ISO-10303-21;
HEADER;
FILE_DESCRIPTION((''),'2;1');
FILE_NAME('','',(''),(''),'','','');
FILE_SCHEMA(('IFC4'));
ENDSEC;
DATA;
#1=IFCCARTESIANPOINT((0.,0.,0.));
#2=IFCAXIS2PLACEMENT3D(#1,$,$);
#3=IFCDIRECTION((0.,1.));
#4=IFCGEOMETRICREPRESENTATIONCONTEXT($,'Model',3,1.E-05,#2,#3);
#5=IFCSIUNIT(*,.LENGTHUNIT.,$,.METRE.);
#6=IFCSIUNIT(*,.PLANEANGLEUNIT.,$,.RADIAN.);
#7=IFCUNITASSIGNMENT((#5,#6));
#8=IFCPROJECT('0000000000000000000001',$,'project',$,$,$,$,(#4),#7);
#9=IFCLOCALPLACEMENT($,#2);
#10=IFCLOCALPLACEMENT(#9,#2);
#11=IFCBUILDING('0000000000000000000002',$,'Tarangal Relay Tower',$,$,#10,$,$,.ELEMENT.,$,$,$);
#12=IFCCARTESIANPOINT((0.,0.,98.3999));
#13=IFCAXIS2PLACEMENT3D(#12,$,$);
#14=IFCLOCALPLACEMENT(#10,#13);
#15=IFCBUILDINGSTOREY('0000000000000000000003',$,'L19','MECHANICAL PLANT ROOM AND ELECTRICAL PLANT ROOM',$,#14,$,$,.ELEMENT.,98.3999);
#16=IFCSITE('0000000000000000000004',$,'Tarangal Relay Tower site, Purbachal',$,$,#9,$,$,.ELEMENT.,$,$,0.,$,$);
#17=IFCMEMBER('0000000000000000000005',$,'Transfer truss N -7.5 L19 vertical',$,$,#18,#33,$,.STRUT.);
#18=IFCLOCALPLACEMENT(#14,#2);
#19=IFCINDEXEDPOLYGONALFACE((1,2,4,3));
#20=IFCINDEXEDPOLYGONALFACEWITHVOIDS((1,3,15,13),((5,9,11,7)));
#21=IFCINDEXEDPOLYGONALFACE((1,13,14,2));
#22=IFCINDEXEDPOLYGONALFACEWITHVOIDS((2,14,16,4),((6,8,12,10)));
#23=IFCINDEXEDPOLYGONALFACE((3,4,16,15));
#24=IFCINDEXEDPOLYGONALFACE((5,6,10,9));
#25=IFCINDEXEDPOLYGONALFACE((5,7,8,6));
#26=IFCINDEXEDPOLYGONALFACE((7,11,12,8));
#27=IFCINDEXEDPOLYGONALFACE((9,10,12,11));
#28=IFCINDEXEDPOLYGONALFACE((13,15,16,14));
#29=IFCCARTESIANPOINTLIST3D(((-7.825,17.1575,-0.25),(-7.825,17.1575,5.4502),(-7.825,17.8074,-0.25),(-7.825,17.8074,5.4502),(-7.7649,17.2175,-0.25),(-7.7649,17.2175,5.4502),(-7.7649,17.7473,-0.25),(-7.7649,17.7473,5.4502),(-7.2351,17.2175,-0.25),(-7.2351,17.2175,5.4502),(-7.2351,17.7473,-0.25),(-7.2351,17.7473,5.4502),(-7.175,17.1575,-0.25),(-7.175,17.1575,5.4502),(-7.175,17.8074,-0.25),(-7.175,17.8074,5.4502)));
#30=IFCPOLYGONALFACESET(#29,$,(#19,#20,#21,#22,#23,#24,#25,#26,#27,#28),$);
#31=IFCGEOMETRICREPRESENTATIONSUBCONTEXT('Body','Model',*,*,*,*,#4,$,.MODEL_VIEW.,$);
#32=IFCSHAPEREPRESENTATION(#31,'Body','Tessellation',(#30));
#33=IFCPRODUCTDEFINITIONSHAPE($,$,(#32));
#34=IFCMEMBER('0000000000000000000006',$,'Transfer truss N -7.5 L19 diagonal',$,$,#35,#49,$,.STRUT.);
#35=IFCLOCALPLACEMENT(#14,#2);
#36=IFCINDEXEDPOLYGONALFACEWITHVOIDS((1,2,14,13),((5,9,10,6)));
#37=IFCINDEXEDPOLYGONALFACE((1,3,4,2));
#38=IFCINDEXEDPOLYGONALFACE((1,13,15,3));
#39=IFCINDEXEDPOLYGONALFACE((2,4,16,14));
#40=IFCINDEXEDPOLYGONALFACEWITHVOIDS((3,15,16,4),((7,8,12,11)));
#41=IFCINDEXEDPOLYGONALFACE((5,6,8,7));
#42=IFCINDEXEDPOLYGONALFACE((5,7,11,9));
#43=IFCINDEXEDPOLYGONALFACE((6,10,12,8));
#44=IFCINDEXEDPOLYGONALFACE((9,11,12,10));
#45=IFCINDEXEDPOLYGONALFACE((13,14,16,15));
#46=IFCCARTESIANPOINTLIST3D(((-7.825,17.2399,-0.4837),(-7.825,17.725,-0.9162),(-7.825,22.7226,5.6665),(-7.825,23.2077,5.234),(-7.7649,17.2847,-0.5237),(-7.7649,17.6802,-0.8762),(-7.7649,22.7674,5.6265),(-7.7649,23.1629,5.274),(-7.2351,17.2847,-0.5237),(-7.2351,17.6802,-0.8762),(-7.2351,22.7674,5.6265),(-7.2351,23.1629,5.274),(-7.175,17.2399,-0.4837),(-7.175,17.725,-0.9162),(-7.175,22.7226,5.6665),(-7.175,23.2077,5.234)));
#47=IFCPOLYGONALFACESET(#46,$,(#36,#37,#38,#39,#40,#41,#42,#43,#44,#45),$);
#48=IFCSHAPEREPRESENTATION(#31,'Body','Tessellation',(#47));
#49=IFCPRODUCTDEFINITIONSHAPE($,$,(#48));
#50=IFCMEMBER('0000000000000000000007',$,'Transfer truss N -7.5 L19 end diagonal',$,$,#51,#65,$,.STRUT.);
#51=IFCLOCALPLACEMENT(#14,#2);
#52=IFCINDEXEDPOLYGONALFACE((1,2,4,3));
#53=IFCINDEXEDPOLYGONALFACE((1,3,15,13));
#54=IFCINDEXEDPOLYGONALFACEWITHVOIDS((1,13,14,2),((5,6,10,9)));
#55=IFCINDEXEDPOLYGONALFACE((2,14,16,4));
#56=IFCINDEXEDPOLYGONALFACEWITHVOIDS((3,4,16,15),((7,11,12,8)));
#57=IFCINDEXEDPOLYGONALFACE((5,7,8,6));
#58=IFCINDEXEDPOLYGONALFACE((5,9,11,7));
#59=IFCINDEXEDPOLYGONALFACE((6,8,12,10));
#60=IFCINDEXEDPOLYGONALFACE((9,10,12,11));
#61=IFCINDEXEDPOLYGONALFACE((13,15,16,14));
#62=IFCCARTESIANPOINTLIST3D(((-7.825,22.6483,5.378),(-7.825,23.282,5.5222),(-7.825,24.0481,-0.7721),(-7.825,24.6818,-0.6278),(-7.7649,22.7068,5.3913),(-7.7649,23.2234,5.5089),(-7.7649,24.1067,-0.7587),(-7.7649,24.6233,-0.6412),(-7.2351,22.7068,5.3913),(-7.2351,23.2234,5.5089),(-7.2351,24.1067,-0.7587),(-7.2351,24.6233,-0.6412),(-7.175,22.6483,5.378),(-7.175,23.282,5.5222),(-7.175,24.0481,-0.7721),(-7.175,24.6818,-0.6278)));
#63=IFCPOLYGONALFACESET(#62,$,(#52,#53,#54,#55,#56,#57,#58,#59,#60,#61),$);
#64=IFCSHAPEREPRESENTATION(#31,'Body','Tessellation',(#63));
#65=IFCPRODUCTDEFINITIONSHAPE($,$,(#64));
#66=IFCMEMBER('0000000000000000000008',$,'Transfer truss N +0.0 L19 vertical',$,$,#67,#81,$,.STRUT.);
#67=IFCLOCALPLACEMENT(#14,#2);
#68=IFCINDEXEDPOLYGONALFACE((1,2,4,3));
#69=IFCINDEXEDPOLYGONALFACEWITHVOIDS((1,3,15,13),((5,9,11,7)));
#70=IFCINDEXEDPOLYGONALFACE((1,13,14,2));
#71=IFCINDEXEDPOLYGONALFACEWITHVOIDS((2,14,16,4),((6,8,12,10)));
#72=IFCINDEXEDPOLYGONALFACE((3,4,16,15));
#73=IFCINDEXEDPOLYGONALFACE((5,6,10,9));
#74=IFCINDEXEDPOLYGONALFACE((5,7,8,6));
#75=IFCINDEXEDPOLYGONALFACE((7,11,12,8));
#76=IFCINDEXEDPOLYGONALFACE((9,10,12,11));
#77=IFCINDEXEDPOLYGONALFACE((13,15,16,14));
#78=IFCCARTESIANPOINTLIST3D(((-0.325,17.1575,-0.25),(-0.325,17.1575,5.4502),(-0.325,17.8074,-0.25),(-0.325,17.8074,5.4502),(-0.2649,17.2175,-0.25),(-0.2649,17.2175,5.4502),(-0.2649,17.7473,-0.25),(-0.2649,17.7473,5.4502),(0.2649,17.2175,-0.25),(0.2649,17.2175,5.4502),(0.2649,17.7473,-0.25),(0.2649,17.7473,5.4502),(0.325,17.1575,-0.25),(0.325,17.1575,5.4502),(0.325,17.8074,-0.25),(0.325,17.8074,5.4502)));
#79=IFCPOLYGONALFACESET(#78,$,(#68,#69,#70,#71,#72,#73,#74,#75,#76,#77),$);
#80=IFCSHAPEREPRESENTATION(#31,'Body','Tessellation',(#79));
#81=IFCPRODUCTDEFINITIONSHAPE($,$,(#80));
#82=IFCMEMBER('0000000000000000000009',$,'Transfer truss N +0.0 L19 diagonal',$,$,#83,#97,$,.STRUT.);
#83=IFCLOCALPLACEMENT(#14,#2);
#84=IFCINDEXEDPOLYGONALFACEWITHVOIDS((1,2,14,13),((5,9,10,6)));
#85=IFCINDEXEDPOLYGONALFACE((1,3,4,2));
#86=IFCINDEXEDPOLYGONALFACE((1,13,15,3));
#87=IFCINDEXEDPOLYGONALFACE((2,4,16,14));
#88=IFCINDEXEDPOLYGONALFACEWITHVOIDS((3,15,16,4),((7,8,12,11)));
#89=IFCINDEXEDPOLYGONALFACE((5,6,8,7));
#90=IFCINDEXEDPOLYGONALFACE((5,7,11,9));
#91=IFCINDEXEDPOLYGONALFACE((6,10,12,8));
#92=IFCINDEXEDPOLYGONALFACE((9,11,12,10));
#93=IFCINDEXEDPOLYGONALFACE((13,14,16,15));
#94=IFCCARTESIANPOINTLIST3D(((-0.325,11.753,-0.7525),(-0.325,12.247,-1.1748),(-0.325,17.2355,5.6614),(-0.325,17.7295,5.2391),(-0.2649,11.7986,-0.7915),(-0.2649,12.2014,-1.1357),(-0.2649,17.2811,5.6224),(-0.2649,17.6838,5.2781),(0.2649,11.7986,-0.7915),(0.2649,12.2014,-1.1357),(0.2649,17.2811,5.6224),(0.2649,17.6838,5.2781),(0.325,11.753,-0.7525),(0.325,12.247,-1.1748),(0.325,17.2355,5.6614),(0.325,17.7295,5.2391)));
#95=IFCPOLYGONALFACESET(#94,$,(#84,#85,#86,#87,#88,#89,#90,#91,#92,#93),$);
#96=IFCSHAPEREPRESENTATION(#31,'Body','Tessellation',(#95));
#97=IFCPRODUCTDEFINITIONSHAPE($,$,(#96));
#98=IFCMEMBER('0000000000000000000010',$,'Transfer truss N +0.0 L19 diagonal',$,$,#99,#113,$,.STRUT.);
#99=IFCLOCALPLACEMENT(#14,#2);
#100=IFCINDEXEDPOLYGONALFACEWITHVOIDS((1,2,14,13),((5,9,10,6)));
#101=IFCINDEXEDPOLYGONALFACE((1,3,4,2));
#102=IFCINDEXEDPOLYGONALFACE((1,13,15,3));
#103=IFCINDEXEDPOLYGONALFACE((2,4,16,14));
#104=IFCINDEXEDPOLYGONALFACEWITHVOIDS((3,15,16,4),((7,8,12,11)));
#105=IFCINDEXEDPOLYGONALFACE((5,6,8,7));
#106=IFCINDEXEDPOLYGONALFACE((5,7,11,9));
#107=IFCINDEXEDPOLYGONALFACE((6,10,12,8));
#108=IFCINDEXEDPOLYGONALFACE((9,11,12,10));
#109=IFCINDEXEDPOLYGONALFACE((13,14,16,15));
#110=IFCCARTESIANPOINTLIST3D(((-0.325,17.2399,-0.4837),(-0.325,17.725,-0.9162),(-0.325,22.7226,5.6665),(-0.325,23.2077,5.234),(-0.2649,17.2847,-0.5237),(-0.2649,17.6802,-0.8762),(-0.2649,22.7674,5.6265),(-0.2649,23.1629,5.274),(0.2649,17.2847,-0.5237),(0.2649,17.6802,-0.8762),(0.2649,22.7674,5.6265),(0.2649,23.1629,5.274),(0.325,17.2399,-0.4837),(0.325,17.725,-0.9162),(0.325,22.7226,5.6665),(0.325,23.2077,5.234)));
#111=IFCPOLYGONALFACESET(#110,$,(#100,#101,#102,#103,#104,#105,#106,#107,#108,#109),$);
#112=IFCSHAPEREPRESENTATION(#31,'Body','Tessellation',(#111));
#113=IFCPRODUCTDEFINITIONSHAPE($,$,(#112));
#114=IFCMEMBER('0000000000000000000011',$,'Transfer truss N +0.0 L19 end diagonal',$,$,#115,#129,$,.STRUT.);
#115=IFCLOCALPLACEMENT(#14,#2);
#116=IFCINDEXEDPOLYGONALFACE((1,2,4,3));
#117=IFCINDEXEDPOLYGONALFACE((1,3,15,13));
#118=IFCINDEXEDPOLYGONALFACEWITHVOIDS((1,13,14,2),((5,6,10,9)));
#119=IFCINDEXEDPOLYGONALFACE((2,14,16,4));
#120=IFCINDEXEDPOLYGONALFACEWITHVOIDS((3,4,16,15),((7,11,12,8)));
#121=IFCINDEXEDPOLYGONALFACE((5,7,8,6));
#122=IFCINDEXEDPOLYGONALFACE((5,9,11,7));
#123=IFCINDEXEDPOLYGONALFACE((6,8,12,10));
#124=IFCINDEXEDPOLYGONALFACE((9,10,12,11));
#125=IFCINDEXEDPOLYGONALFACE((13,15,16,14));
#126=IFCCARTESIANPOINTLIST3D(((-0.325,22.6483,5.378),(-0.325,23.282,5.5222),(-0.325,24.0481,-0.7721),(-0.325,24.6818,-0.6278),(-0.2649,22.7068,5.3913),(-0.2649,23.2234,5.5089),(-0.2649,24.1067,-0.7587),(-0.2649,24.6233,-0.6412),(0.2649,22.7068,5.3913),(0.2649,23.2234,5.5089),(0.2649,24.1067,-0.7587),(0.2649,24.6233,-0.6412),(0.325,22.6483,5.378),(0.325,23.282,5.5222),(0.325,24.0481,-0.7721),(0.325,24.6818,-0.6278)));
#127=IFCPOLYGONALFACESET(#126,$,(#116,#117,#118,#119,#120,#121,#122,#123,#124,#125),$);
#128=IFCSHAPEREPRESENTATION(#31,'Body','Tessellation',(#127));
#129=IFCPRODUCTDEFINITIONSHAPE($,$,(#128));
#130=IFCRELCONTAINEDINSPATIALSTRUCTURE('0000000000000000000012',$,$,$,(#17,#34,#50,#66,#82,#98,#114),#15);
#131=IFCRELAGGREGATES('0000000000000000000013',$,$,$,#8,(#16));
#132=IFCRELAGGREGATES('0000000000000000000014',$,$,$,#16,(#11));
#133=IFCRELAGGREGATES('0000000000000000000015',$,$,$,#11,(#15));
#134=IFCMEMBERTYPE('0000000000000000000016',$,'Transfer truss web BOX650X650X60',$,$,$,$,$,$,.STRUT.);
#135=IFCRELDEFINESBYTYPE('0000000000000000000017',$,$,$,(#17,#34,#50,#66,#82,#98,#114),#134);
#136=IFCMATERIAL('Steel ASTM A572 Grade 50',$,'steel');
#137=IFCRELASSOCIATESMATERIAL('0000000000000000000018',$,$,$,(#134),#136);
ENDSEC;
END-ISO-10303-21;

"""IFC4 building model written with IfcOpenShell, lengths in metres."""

from ifc_helpers import new_model, si_unit, direction, frame, origin, origin_2d, place, context, subcontext, project, spatial, hollow_rectangle, extrude, material, material_profile, profile_set, type_object, element, save


model = new_model("IFC4")

# Units and contexts
model_context = context("Model", 3, precision=1e-05, world=origin(), true_north=direction((0.0, 1.0)))
body_context = subcontext(model_context, "Body", "Model", "MODEL_VIEW")
ifc_project = project(units=[si_unit("LENGTHUNIT", "METRE"), si_unit("PLANEANGLEUNIT", "RADIAN")], contexts=[model_context])

# Site, building, storey
site_placement = place(None, origin())
site = spatial("IfcSite", under=ifc_project, at=site_placement, Name="Tarangal Relay Tower site, Purbachal", CompositionType="ELEMENT", RefElevation=0.0)
building_placement = place(site_placement, origin())
building = spatial("IfcBuilding", under=site, at=building_placement, Name="Tarangal Relay Tower", CompositionType="ELEMENT")
storey_placement = place(building_placement, frame((0.0, 0.0, 98.3999)))
storey = spatial("IfcBuildingStorey", under=building, at=storey_placement, Name="L19", Description="MECHANICAL PLANT ROOM AND ELECTRICAL PLANT ROOM", CompositionType="ELEMENT", Elevation=98.3999)

# Shared definitions
ifc_material_1 = material(Name="Steel ASTM A572 Grade 50", Category="steel")

# Members
ifc_material_profile_1 = material_profile(ifc_material_1, hollow_rectangle(XDim=0.6499, YDim=0.6499, WallThickness=0.0601, at=origin_2d()), Name="BOX650X650X60")
ifc_profile_set_1 = profile_set([ifc_material_profile_1], Name="Steel ASTM A572 Grade 50")
member_type_1 = type_object("IfcMemberType", Name="Transfer truss web BOX650X650X60", PredefinedType="STRUT", material=ifc_profile_set_1)
member_1_placement = place(storey_placement, frame((-7.5, 17.4824, -0.25), z_axis=(0.0, 0.0, 1.0), x_axis=(1.0, 0.0, 0.0)))
element("IfcMember", 1, at=member_1_placement, inside=storey, type_object=member_type_1, Name="Transfer truss N -7.5 L19 vertical", PredefinedType="STRUT", context=body_context, shape_type="SweptSolid", body=[
    extrude(hollow_rectangle(XDim=0.6499, YDim=0.6499, WallThickness=0.0601, at=origin_2d()), origin(), (0.0, 0.0, 1.0), 5.7002),
])
member_2_placement = place(storey_placement, frame((-7.5, 17.4824, -0.7), z_axis=(0.0, 0.665439, 0.746452), x_axis=(-1.0, 0.0, 0.0)))
element("IfcMember", 2, at=member_2_placement, inside=storey, type_object=member_type_1, Name="Transfer truss N -7.5 L19 diagonal", PredefinedType="STRUT", context=body_context, shape_type="SweptSolid", body=[
    extrude(hollow_rectangle(XDim=0.6499, YDim=0.6499, WallThickness=0.0601, at=origin_2d()), origin(), (0.0, 0.0, 1.0), 8.2393),
])
member_3_placement = place(storey_placement, frame((-7.5, 24.365, -0.7), z_axis=(0.0, -0.221944, 0.975059), x_axis=(1.0, 0.0, 0.0)))
element("IfcMember", 3, at=member_3_placement, inside=storey, type_object=member_type_1, Name="Transfer truss N -7.5 L19 end diagonal", PredefinedType="STRUT", context=body_context, shape_type="SweptSolid", body=[
    extrude(hollow_rectangle(XDim=0.6499, YDim=0.6499, WallThickness=0.0601, at=origin_2d()), origin(), (0.0, 0.0, 1.0), 6.3074),
])
member_4_placement = place(storey_placement, frame((0.0, 17.4824, -0.25), z_axis=(0.0, 0.0, 1.0), x_axis=(1.0, 0.0, 0.0)))
element("IfcMember", 4, at=member_4_placement, inside=storey, type_object=member_type_1, Name="Transfer truss N +0.0 L19 vertical", PredefinedType="STRUT", context=body_context, shape_type="SweptSolid", body=[
    extrude(hollow_rectangle(XDim=0.6499, YDim=0.6499, WallThickness=0.0601, at=origin_2d()), origin(), (0.0, 0.0, 1.0), 5.7002),
])
member_5_placement = place(storey_placement, frame((0.0, 12.0, -0.9636), z_axis=(0.0, 0.649757, 0.760142), x_axis=(-1.0, 0.0, 0.0)))
element("IfcMember", 5, at=member_5_placement, inside=storey, type_object=member_type_1, Name="Transfer truss N +0.0 L19 diagonal", PredefinedType="STRUT", context=body_context, shape_type="SweptSolid", body=[
    extrude(hollow_rectangle(XDim=0.6499, YDim=0.6499, WallThickness=0.0601, at=origin_2d()), origin(), (0.0, 0.0, 1.0), 8.4377),
])
member_6_placement = place(storey_placement, frame((0.0, 17.4824, -0.7), z_axis=(0.0, 0.665439, 0.746452), x_axis=(-1.0, 0.0, 0.0)))
element("IfcMember", 6, at=member_6_placement, inside=storey, type_object=member_type_1, Name="Transfer truss N +0.0 L19 diagonal", PredefinedType="STRUT", context=body_context, shape_type="SweptSolid", body=[
    extrude(hollow_rectangle(XDim=0.6499, YDim=0.6499, WallThickness=0.0601, at=origin_2d()), origin(), (0.0, 0.0, 1.0), 8.2393),
])
member_7_placement = place(storey_placement, frame((0.0, 24.365, -0.7), z_axis=(0.0, -0.221944, 0.975059), x_axis=(1.0, 0.0, 0.0)))
element("IfcMember", 7, at=member_7_placement, inside=storey, type_object=member_type_1, Name="Transfer truss N +0.0 L19 end diagonal", PredefinedType="STRUT", context=body_context, shape_type="SweptSolid", body=[
    extrude(hollow_rectangle(XDim=0.6499, YDim=0.6499, WallThickness=0.0601, at=origin_2d()), origin(), (0.0, 0.0, 1.0), 6.3074),
])

save(model, "model.ifc")
